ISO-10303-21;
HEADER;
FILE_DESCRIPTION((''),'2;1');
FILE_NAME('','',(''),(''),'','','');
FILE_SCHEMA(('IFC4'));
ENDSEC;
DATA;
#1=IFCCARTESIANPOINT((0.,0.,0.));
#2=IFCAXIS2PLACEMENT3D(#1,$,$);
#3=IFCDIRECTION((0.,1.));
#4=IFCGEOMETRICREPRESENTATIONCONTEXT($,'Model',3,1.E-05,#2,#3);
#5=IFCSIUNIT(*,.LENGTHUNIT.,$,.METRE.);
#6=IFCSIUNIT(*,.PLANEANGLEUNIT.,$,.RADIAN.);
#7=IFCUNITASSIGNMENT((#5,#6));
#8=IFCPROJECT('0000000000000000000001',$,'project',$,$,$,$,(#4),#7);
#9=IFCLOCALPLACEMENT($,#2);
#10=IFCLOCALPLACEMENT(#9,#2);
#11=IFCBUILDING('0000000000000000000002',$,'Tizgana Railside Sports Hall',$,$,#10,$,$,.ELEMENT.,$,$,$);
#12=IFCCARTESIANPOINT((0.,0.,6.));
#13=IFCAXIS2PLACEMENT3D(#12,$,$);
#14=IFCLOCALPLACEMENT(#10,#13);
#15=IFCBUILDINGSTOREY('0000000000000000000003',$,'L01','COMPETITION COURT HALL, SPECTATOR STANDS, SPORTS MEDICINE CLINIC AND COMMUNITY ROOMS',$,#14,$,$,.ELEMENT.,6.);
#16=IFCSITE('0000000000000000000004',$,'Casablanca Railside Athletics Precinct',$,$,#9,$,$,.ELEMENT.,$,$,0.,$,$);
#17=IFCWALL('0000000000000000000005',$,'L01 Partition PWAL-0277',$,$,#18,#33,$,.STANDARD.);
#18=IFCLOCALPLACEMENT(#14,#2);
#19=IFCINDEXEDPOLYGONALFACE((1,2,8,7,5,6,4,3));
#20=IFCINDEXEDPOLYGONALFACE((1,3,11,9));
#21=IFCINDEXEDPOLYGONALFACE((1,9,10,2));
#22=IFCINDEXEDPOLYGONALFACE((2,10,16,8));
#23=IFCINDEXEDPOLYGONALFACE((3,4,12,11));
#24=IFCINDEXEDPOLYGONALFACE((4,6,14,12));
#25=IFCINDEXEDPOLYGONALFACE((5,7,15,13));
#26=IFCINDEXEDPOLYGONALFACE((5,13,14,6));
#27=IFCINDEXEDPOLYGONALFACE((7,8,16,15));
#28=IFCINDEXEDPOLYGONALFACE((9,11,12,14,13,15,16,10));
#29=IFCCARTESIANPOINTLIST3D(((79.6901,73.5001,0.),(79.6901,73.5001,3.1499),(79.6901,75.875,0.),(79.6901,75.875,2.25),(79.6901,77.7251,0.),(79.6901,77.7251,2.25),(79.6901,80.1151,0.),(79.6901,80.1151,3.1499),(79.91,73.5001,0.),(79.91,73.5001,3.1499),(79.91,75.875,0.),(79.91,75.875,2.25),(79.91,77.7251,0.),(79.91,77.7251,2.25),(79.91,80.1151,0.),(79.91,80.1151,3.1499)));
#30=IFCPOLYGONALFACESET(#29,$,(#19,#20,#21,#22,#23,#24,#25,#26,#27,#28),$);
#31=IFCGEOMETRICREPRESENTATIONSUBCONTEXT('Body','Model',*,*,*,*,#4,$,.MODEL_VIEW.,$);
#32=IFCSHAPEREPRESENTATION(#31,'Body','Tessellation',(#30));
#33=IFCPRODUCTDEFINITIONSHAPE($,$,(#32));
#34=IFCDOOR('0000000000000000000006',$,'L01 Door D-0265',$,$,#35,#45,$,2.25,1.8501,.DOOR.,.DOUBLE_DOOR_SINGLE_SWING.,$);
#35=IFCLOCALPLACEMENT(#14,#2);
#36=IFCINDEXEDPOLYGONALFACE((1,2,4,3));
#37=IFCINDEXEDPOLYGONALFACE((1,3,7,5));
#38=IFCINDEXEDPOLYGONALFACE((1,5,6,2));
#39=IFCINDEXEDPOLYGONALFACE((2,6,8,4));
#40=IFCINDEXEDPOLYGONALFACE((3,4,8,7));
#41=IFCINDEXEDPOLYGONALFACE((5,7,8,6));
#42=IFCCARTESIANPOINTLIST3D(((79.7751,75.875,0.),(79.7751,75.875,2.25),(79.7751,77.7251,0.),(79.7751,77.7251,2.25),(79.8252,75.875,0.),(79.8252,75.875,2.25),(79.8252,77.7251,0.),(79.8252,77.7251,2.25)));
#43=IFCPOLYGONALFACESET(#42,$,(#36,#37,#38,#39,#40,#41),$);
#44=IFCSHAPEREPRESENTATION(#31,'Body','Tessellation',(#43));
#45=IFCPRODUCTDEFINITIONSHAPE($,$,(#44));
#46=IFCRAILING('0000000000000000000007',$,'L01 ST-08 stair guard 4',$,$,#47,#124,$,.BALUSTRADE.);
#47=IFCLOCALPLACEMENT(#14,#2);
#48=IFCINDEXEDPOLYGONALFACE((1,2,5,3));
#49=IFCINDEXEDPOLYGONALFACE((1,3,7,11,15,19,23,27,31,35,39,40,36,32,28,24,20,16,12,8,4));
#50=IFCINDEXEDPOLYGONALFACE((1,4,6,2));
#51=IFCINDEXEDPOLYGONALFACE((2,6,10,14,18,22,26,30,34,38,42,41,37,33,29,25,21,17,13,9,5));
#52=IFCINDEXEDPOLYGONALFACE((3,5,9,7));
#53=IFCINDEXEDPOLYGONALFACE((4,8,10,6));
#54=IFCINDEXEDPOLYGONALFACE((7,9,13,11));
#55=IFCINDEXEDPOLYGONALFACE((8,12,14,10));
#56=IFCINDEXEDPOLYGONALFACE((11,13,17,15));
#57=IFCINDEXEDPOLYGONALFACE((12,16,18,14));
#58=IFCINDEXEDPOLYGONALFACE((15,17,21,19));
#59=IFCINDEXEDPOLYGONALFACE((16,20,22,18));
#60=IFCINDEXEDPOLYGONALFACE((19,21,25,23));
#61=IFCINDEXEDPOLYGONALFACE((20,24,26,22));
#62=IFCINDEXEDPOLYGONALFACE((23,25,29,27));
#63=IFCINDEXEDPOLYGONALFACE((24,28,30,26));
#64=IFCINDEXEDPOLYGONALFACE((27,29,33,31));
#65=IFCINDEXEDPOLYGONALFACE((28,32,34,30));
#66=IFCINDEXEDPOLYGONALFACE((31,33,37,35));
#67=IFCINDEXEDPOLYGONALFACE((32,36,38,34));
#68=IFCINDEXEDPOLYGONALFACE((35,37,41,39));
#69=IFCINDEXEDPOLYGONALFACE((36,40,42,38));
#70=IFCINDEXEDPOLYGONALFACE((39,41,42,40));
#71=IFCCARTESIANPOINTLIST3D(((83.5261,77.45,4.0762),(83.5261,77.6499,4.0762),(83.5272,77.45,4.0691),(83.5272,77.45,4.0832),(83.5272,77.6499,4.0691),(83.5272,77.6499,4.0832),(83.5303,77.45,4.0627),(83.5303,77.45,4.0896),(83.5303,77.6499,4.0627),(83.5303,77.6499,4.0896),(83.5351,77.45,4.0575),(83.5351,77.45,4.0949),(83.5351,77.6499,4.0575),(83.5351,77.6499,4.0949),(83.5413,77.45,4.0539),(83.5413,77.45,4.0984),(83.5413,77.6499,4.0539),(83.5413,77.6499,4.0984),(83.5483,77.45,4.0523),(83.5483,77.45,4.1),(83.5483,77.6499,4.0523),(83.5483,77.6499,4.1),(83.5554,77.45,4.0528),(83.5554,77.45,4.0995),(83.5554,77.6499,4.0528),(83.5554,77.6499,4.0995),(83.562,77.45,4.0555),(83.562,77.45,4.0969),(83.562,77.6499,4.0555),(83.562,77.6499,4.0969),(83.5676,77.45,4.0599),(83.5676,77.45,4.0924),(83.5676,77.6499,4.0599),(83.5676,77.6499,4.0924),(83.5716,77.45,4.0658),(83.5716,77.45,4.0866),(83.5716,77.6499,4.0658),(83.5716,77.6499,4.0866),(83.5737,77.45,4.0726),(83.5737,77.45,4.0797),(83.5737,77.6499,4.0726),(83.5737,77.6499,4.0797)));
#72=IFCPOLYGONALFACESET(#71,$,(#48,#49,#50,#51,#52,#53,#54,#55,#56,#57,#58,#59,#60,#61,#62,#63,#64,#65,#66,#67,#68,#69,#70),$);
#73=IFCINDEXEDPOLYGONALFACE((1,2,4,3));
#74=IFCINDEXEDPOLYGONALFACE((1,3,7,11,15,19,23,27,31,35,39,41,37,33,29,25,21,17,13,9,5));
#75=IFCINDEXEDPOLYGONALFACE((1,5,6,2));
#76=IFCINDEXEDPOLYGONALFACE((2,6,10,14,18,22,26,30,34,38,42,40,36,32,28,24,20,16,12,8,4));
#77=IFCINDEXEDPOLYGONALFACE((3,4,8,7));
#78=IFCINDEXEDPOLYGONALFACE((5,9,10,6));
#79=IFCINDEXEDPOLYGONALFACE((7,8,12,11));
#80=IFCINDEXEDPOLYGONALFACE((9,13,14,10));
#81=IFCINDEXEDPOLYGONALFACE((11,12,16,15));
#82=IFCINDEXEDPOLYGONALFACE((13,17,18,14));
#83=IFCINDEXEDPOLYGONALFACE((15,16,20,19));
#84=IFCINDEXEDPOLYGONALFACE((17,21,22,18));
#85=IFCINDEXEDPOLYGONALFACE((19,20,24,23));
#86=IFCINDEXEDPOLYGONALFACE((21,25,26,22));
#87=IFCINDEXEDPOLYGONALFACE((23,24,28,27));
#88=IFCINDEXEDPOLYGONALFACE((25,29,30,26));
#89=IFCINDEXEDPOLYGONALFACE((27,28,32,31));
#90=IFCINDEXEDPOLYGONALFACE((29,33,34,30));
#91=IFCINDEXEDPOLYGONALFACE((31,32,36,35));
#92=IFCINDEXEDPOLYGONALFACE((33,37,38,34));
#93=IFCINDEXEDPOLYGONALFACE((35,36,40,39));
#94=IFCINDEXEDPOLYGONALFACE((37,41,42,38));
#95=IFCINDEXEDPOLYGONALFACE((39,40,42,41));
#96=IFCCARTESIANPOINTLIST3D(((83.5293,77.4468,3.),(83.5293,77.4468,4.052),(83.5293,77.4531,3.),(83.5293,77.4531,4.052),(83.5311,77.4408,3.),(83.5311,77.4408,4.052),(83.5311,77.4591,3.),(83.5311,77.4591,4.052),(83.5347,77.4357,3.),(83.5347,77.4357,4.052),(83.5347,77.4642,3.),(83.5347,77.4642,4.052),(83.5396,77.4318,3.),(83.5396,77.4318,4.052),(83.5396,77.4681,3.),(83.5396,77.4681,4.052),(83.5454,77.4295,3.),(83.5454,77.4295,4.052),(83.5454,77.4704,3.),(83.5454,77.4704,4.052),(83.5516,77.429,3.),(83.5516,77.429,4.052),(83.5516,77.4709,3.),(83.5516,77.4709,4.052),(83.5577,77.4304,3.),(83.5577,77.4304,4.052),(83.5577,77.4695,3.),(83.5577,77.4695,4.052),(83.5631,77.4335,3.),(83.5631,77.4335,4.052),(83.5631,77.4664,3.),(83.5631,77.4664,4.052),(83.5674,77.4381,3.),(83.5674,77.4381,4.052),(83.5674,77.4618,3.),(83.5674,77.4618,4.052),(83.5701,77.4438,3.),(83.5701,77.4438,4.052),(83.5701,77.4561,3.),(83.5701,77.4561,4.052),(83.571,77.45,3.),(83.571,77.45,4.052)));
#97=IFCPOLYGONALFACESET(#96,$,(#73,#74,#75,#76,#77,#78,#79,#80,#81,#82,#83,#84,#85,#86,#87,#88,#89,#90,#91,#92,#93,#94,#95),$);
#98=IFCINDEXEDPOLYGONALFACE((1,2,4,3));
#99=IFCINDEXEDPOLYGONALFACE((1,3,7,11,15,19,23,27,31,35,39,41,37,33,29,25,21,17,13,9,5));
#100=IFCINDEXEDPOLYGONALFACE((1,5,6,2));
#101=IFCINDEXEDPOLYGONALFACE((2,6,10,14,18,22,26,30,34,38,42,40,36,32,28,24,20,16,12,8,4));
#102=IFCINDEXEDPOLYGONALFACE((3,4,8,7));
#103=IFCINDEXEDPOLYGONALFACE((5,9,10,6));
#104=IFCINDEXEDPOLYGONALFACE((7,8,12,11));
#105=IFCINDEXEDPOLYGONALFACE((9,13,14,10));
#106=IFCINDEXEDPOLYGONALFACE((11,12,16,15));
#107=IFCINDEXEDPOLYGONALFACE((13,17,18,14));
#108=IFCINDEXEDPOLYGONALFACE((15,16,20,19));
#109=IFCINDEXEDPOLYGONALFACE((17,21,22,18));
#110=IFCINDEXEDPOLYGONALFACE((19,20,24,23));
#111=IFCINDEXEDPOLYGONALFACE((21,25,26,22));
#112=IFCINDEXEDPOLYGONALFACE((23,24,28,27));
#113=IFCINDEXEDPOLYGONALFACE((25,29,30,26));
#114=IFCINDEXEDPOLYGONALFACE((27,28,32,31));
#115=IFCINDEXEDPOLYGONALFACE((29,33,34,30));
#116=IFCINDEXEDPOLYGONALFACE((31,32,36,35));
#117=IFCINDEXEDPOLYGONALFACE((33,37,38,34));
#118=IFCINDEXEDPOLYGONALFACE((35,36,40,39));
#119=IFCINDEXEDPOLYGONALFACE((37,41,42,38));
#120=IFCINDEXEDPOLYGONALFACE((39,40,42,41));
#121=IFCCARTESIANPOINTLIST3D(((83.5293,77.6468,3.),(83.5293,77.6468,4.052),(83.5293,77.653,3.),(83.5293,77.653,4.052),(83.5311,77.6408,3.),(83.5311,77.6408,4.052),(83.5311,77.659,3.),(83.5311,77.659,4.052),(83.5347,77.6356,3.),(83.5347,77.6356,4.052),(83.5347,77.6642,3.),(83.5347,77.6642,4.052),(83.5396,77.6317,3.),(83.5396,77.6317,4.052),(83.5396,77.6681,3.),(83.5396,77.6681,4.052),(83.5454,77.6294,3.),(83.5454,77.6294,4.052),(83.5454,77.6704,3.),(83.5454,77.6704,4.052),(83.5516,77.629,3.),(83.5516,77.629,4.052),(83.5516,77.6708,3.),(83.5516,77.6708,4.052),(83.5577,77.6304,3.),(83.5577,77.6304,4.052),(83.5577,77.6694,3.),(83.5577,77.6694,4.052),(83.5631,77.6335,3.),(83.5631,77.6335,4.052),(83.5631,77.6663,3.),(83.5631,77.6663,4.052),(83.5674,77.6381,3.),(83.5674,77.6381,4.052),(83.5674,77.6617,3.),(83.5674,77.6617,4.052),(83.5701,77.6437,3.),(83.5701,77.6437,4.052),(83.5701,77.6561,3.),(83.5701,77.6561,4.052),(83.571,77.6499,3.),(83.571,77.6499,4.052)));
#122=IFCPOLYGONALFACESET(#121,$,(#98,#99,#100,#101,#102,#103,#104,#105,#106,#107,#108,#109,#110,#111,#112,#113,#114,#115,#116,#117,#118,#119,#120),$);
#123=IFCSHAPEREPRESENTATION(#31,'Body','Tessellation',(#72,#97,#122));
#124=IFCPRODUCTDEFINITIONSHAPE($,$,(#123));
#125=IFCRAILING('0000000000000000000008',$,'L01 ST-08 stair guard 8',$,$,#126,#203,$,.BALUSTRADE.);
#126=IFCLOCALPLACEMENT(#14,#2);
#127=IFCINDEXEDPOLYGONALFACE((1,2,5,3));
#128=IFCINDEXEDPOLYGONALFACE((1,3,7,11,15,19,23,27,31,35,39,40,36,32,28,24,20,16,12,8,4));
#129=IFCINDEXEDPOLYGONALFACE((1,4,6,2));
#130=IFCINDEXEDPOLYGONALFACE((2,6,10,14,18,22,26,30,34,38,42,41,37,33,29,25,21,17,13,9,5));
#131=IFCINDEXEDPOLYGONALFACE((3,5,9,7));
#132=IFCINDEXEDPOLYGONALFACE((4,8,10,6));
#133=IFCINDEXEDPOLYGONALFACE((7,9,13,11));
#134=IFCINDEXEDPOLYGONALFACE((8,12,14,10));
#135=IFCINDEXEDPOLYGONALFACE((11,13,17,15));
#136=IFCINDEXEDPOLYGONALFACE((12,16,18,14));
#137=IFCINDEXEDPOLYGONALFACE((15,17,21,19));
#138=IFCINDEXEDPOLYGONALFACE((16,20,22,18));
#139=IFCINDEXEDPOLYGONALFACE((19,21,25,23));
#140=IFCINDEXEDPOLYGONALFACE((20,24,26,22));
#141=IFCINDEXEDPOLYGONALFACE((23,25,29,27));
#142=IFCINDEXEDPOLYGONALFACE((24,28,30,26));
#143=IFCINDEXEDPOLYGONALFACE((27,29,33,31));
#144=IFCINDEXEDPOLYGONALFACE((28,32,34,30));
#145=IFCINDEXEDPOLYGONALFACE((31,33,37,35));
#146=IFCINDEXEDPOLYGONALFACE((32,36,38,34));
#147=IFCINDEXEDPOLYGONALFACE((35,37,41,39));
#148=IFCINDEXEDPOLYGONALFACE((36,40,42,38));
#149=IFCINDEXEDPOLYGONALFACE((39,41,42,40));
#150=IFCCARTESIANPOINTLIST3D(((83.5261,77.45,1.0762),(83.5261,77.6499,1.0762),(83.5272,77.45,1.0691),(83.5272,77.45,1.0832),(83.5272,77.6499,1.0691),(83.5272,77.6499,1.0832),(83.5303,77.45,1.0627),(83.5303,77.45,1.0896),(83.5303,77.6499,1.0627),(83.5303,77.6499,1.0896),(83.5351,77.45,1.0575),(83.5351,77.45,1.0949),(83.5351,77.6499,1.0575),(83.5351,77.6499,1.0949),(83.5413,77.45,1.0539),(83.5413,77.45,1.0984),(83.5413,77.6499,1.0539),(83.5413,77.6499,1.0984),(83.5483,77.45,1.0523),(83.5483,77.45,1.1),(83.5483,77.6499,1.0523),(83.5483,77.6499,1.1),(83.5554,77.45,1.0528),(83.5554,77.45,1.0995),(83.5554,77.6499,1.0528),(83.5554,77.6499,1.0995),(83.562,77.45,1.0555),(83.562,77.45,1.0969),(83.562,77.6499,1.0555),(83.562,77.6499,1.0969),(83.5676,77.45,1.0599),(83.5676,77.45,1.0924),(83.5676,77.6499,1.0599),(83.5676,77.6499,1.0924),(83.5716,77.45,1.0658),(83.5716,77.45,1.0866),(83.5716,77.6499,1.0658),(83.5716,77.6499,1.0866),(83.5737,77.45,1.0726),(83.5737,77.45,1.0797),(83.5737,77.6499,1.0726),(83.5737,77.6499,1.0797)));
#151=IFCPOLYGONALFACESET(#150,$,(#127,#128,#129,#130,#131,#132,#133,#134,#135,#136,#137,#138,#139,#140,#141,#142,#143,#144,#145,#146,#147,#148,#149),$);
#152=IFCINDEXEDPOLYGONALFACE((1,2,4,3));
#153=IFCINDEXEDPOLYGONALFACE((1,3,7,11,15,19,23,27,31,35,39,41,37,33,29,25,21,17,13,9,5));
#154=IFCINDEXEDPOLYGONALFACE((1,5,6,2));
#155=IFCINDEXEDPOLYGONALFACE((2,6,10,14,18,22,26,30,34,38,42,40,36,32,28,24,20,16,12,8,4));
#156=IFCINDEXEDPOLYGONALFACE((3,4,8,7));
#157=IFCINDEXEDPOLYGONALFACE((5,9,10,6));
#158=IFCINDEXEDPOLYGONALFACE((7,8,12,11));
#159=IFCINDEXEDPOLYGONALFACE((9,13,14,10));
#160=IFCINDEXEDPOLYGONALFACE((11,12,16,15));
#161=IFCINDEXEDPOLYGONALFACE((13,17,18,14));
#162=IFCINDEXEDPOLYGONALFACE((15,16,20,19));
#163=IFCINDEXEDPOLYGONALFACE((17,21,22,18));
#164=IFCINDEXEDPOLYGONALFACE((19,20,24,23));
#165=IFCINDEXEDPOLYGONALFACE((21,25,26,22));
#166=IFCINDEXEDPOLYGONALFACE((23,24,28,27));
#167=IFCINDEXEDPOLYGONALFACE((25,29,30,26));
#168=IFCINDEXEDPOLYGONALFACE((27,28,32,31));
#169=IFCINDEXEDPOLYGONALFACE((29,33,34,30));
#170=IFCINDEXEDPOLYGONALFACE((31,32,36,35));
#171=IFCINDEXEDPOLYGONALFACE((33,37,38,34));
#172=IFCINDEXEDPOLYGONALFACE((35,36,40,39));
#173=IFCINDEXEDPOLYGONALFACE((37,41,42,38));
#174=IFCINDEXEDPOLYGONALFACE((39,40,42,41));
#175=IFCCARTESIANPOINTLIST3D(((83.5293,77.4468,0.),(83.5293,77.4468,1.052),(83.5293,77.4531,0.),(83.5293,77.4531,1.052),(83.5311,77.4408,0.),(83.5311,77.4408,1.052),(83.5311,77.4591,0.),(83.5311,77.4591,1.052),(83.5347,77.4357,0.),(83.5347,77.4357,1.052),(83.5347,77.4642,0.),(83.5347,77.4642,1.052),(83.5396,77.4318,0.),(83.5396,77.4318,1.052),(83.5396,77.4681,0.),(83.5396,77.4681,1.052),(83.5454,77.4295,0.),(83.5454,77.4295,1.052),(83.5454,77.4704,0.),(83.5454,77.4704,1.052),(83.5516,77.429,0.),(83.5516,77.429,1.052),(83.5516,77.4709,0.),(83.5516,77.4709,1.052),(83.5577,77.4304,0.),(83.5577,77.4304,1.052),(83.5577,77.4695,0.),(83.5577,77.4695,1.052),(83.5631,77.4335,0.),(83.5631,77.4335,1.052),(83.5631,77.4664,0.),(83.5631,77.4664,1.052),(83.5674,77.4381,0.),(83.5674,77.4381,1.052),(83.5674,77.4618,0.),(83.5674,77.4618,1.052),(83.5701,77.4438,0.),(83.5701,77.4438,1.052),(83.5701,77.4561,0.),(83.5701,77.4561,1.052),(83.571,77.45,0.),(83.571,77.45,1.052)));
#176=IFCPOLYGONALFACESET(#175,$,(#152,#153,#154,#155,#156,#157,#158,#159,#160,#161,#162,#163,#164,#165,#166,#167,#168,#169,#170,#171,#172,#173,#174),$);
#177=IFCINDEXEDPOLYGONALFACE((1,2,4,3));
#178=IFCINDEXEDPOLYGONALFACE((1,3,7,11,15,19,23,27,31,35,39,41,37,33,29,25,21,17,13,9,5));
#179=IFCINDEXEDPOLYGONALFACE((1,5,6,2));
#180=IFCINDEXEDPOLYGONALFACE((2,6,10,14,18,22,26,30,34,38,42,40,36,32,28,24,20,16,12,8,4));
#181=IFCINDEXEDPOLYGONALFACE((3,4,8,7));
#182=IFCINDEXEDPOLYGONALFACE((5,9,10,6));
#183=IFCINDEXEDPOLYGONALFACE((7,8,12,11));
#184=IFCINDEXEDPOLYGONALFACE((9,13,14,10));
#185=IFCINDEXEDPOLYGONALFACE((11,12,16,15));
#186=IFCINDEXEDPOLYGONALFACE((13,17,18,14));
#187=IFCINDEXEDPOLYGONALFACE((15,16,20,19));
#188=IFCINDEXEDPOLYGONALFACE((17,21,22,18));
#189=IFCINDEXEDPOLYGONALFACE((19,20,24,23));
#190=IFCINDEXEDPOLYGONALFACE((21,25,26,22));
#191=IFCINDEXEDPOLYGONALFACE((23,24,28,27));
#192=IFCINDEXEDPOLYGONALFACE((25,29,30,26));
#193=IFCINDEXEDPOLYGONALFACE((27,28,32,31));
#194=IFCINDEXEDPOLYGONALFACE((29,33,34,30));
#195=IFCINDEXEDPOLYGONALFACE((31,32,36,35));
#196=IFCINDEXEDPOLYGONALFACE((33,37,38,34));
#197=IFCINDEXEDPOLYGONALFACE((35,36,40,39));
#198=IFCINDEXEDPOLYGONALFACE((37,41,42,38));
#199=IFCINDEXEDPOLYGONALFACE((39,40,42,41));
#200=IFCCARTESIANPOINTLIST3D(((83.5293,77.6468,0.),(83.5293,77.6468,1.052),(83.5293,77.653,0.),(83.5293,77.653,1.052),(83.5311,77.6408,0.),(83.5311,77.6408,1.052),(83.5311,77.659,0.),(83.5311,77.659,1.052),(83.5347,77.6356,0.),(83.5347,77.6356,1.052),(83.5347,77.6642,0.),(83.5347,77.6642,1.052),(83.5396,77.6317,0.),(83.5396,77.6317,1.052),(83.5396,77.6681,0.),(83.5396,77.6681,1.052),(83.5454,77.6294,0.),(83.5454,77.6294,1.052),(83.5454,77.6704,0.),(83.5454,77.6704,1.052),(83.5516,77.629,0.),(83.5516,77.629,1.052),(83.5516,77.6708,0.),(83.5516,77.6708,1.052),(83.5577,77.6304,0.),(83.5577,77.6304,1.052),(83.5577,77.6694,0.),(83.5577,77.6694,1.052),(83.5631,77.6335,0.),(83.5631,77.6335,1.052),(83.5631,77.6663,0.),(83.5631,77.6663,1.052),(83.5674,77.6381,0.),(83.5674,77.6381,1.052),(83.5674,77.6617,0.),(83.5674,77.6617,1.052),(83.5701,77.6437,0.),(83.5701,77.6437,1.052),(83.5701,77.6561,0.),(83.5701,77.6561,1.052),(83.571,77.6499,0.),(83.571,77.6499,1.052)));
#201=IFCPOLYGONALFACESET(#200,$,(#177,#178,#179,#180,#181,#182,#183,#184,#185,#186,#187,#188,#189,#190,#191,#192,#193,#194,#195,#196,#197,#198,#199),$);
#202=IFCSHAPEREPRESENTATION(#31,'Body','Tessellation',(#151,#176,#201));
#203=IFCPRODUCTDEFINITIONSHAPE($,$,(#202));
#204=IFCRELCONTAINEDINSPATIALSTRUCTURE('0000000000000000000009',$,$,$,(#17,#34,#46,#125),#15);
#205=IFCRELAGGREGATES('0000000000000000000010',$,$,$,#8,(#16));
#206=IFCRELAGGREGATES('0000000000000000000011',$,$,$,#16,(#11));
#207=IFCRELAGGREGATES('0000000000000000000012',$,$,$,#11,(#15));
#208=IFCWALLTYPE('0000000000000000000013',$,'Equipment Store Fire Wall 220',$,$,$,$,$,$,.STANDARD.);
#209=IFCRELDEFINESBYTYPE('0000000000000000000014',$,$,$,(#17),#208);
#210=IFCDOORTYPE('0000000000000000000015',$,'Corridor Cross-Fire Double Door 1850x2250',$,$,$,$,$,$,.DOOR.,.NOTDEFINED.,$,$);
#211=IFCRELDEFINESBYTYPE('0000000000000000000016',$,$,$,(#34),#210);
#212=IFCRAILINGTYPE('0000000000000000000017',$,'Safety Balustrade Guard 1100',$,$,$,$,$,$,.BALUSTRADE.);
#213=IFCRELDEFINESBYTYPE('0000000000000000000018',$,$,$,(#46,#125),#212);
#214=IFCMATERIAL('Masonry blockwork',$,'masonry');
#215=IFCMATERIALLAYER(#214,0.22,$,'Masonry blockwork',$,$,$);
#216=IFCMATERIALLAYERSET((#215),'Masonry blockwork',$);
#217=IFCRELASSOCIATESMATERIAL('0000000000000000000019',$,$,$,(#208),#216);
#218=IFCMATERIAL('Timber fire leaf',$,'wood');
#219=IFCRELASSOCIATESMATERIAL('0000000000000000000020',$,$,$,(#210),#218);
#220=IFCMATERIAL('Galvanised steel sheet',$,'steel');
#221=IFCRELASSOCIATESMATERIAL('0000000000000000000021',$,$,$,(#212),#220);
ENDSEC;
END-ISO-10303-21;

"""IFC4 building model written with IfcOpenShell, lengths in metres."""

from ifc_helpers import new_model, si_unit, direction, frame, frame_2d, origin, origin_2d, place, context, subcontext, project, spatial, rectangle, circle, extrude, material, layer, layer_set, type_object, element, fill, save


model = new_model("IFC4")

# Units and contexts
model_context = context("Model", 3, precision=1e-05, world=origin(), true_north=direction((0.0, 1.0)))
body_context = subcontext(model_context, "Body", "Model", "MODEL_VIEW")
ifc_project = project(units=[si_unit("LENGTHUNIT", "METRE"), si_unit("PLANEANGLEUNIT", "RADIAN")], contexts=[model_context])

# Site, building, storey
site_placement = place(None, origin())
site = spatial("IfcSite", under=ifc_project, at=site_placement, Name="Casablanca Railside Athletics Precinct", CompositionType="ELEMENT", RefElevation=0.0)
building_placement = place(site_placement, origin())
building = spatial("IfcBuilding", under=site, at=building_placement, Name="Tizgana Railside Sports Hall", CompositionType="ELEMENT")
storey_placement = place(building_placement, frame((0.0, 0.0, 6.0)))
storey = spatial("IfcBuildingStorey", under=building, at=storey_placement, Name="L01", Description="COMPETITION COURT HALL, SPECTATOR STANDS, SPORTS MEDICINE CLINIC AND COMMUNITY ROOMS", CompositionType="ELEMENT", Elevation=6.0)

# Wall, opening, door
ifc_material_1 = material(Name="Timber fire leaf", Category="wood")
ifc_material_2 = material(Name="Masonry blockwork", Category="masonry")
ifc_layer_1 = layer(ifc_material_2, 0.22, Name="Masonry blockwork")
ifc_layer_set_1 = layer_set([ifc_layer_1], Name="Masonry blockwork")
wall_type_1 = type_object("IfcWallType", Name="Equipment Store Fire Wall 220", PredefinedType="STANDARD", material=ifc_layer_set_1)
wall_1_placement = place(storey_placement, frame((79.8, 73.5, 0.0), z_axis=(0.0, 0.0, 1.0), x_axis=(0.0, 1.0, 0.0)))
wall_1 = element("IfcWall", 1, at=wall_1_placement, inside=storey, type_object=wall_type_1, Name="L01 Partition PWAL-0277", PredefinedType="STANDARD", context=body_context, shape_type="SweptSolid", body=[
    extrude(rectangle(XDim=6.615, YDim=0.22, at=frame_2d((3.3076, 0.0))), origin(), (0.0, 0.0, 1.0), 3.1499),
])
opening_1_placement = place(wall_1_placement, frame((2.375, 0.0, 0.0)))
opening_1 = element("IfcOpeningElement", 2, at=opening_1_placement, cuts=wall_1, PredefinedType="OPENING", context=body_context, shape_type="SweptSolid", body=[
    extrude(rectangle(XDim=1.8501, YDim=2.25, at=frame_2d((0.925, 1.125))), frame((0.0, 0.1199, 0.0), z_axis=(0.0, -1.0, 0.0), x_axis=(1.0, 0.0, 0.0)), (0.0, 0.0, 1.0), 0.24),
])
door_type_1 = type_object("IfcDoorType", Name="Corridor Cross-Fire Double Door 1850x2250", OperationType="NOTDEFINED", PredefinedType="DOOR", material=ifc_material_1)
door_1_placement = place(opening_1_placement, origin())
door_1 = element("IfcDoor", 3, at=door_1_placement, inside=storey, type_object=door_type_1, Name="L01 Door D-0265", OperationType="DOUBLE_DOOR_SINGLE_SWING", OverallHeight=2.25, OverallWidth=1.8501, PredefinedType="DOOR", context=body_context, shape_type="SweptSolid", body=[
    extrude(rectangle(XDim=1.8501, YDim=2.25, at=frame_2d((0.925, 1.125))), frame((0.0, 0.0249, 0.0), z_axis=(0.0, -1.0, 0.0), x_axis=(1.0, 0.0, 0.0)), (0.0, 0.0, 1.0), 0.05),
])
fill(opening_1, door_1)

# Railings
ifc_material_3 = material(Name="Galvanised steel sheet", Category="steel")
railing_type_1 = type_object("IfcRailingType", Name="Safety Balustrade Guard 1100", PredefinedType="BALUSTRADE", material=ifc_material_3)
for number, where, name in (
    (4, (83.55, 77.45, 3.0), "L01 ST-08 stair guard 4"),
    (5, (83.55, 77.45, 0.0), "L01 ST-08 stair guard 8"),
):
    element("IfcRailing", number, at=place(storey_placement, frame(where)), inside=storey, type_object=railing_type_1, Name=name, PredefinedType="BALUSTRADE", context=body_context, shape_type="SweptSolid", body=[
        extrude(circle(Radius=0.0239, at=origin_2d()), frame((0.0, 0.0, 1.0762), z_axis=(0.0, 1.0, 0.0), x_axis=(-1.0, 0.0, 0.0)), (0.0, 0.0, 1.0), 0.2),
        extrude(circle(Radius=0.021, at=origin_2d()), origin(), (0.0, 0.0, 1.0), 1.052),
        extrude(circle(Radius=0.021, at=origin_2d()), frame((0.0, 0.2, 0.0)), (0.0, 0.0, 1.0), 1.052),
    ])

save(model, "model.ifc")
